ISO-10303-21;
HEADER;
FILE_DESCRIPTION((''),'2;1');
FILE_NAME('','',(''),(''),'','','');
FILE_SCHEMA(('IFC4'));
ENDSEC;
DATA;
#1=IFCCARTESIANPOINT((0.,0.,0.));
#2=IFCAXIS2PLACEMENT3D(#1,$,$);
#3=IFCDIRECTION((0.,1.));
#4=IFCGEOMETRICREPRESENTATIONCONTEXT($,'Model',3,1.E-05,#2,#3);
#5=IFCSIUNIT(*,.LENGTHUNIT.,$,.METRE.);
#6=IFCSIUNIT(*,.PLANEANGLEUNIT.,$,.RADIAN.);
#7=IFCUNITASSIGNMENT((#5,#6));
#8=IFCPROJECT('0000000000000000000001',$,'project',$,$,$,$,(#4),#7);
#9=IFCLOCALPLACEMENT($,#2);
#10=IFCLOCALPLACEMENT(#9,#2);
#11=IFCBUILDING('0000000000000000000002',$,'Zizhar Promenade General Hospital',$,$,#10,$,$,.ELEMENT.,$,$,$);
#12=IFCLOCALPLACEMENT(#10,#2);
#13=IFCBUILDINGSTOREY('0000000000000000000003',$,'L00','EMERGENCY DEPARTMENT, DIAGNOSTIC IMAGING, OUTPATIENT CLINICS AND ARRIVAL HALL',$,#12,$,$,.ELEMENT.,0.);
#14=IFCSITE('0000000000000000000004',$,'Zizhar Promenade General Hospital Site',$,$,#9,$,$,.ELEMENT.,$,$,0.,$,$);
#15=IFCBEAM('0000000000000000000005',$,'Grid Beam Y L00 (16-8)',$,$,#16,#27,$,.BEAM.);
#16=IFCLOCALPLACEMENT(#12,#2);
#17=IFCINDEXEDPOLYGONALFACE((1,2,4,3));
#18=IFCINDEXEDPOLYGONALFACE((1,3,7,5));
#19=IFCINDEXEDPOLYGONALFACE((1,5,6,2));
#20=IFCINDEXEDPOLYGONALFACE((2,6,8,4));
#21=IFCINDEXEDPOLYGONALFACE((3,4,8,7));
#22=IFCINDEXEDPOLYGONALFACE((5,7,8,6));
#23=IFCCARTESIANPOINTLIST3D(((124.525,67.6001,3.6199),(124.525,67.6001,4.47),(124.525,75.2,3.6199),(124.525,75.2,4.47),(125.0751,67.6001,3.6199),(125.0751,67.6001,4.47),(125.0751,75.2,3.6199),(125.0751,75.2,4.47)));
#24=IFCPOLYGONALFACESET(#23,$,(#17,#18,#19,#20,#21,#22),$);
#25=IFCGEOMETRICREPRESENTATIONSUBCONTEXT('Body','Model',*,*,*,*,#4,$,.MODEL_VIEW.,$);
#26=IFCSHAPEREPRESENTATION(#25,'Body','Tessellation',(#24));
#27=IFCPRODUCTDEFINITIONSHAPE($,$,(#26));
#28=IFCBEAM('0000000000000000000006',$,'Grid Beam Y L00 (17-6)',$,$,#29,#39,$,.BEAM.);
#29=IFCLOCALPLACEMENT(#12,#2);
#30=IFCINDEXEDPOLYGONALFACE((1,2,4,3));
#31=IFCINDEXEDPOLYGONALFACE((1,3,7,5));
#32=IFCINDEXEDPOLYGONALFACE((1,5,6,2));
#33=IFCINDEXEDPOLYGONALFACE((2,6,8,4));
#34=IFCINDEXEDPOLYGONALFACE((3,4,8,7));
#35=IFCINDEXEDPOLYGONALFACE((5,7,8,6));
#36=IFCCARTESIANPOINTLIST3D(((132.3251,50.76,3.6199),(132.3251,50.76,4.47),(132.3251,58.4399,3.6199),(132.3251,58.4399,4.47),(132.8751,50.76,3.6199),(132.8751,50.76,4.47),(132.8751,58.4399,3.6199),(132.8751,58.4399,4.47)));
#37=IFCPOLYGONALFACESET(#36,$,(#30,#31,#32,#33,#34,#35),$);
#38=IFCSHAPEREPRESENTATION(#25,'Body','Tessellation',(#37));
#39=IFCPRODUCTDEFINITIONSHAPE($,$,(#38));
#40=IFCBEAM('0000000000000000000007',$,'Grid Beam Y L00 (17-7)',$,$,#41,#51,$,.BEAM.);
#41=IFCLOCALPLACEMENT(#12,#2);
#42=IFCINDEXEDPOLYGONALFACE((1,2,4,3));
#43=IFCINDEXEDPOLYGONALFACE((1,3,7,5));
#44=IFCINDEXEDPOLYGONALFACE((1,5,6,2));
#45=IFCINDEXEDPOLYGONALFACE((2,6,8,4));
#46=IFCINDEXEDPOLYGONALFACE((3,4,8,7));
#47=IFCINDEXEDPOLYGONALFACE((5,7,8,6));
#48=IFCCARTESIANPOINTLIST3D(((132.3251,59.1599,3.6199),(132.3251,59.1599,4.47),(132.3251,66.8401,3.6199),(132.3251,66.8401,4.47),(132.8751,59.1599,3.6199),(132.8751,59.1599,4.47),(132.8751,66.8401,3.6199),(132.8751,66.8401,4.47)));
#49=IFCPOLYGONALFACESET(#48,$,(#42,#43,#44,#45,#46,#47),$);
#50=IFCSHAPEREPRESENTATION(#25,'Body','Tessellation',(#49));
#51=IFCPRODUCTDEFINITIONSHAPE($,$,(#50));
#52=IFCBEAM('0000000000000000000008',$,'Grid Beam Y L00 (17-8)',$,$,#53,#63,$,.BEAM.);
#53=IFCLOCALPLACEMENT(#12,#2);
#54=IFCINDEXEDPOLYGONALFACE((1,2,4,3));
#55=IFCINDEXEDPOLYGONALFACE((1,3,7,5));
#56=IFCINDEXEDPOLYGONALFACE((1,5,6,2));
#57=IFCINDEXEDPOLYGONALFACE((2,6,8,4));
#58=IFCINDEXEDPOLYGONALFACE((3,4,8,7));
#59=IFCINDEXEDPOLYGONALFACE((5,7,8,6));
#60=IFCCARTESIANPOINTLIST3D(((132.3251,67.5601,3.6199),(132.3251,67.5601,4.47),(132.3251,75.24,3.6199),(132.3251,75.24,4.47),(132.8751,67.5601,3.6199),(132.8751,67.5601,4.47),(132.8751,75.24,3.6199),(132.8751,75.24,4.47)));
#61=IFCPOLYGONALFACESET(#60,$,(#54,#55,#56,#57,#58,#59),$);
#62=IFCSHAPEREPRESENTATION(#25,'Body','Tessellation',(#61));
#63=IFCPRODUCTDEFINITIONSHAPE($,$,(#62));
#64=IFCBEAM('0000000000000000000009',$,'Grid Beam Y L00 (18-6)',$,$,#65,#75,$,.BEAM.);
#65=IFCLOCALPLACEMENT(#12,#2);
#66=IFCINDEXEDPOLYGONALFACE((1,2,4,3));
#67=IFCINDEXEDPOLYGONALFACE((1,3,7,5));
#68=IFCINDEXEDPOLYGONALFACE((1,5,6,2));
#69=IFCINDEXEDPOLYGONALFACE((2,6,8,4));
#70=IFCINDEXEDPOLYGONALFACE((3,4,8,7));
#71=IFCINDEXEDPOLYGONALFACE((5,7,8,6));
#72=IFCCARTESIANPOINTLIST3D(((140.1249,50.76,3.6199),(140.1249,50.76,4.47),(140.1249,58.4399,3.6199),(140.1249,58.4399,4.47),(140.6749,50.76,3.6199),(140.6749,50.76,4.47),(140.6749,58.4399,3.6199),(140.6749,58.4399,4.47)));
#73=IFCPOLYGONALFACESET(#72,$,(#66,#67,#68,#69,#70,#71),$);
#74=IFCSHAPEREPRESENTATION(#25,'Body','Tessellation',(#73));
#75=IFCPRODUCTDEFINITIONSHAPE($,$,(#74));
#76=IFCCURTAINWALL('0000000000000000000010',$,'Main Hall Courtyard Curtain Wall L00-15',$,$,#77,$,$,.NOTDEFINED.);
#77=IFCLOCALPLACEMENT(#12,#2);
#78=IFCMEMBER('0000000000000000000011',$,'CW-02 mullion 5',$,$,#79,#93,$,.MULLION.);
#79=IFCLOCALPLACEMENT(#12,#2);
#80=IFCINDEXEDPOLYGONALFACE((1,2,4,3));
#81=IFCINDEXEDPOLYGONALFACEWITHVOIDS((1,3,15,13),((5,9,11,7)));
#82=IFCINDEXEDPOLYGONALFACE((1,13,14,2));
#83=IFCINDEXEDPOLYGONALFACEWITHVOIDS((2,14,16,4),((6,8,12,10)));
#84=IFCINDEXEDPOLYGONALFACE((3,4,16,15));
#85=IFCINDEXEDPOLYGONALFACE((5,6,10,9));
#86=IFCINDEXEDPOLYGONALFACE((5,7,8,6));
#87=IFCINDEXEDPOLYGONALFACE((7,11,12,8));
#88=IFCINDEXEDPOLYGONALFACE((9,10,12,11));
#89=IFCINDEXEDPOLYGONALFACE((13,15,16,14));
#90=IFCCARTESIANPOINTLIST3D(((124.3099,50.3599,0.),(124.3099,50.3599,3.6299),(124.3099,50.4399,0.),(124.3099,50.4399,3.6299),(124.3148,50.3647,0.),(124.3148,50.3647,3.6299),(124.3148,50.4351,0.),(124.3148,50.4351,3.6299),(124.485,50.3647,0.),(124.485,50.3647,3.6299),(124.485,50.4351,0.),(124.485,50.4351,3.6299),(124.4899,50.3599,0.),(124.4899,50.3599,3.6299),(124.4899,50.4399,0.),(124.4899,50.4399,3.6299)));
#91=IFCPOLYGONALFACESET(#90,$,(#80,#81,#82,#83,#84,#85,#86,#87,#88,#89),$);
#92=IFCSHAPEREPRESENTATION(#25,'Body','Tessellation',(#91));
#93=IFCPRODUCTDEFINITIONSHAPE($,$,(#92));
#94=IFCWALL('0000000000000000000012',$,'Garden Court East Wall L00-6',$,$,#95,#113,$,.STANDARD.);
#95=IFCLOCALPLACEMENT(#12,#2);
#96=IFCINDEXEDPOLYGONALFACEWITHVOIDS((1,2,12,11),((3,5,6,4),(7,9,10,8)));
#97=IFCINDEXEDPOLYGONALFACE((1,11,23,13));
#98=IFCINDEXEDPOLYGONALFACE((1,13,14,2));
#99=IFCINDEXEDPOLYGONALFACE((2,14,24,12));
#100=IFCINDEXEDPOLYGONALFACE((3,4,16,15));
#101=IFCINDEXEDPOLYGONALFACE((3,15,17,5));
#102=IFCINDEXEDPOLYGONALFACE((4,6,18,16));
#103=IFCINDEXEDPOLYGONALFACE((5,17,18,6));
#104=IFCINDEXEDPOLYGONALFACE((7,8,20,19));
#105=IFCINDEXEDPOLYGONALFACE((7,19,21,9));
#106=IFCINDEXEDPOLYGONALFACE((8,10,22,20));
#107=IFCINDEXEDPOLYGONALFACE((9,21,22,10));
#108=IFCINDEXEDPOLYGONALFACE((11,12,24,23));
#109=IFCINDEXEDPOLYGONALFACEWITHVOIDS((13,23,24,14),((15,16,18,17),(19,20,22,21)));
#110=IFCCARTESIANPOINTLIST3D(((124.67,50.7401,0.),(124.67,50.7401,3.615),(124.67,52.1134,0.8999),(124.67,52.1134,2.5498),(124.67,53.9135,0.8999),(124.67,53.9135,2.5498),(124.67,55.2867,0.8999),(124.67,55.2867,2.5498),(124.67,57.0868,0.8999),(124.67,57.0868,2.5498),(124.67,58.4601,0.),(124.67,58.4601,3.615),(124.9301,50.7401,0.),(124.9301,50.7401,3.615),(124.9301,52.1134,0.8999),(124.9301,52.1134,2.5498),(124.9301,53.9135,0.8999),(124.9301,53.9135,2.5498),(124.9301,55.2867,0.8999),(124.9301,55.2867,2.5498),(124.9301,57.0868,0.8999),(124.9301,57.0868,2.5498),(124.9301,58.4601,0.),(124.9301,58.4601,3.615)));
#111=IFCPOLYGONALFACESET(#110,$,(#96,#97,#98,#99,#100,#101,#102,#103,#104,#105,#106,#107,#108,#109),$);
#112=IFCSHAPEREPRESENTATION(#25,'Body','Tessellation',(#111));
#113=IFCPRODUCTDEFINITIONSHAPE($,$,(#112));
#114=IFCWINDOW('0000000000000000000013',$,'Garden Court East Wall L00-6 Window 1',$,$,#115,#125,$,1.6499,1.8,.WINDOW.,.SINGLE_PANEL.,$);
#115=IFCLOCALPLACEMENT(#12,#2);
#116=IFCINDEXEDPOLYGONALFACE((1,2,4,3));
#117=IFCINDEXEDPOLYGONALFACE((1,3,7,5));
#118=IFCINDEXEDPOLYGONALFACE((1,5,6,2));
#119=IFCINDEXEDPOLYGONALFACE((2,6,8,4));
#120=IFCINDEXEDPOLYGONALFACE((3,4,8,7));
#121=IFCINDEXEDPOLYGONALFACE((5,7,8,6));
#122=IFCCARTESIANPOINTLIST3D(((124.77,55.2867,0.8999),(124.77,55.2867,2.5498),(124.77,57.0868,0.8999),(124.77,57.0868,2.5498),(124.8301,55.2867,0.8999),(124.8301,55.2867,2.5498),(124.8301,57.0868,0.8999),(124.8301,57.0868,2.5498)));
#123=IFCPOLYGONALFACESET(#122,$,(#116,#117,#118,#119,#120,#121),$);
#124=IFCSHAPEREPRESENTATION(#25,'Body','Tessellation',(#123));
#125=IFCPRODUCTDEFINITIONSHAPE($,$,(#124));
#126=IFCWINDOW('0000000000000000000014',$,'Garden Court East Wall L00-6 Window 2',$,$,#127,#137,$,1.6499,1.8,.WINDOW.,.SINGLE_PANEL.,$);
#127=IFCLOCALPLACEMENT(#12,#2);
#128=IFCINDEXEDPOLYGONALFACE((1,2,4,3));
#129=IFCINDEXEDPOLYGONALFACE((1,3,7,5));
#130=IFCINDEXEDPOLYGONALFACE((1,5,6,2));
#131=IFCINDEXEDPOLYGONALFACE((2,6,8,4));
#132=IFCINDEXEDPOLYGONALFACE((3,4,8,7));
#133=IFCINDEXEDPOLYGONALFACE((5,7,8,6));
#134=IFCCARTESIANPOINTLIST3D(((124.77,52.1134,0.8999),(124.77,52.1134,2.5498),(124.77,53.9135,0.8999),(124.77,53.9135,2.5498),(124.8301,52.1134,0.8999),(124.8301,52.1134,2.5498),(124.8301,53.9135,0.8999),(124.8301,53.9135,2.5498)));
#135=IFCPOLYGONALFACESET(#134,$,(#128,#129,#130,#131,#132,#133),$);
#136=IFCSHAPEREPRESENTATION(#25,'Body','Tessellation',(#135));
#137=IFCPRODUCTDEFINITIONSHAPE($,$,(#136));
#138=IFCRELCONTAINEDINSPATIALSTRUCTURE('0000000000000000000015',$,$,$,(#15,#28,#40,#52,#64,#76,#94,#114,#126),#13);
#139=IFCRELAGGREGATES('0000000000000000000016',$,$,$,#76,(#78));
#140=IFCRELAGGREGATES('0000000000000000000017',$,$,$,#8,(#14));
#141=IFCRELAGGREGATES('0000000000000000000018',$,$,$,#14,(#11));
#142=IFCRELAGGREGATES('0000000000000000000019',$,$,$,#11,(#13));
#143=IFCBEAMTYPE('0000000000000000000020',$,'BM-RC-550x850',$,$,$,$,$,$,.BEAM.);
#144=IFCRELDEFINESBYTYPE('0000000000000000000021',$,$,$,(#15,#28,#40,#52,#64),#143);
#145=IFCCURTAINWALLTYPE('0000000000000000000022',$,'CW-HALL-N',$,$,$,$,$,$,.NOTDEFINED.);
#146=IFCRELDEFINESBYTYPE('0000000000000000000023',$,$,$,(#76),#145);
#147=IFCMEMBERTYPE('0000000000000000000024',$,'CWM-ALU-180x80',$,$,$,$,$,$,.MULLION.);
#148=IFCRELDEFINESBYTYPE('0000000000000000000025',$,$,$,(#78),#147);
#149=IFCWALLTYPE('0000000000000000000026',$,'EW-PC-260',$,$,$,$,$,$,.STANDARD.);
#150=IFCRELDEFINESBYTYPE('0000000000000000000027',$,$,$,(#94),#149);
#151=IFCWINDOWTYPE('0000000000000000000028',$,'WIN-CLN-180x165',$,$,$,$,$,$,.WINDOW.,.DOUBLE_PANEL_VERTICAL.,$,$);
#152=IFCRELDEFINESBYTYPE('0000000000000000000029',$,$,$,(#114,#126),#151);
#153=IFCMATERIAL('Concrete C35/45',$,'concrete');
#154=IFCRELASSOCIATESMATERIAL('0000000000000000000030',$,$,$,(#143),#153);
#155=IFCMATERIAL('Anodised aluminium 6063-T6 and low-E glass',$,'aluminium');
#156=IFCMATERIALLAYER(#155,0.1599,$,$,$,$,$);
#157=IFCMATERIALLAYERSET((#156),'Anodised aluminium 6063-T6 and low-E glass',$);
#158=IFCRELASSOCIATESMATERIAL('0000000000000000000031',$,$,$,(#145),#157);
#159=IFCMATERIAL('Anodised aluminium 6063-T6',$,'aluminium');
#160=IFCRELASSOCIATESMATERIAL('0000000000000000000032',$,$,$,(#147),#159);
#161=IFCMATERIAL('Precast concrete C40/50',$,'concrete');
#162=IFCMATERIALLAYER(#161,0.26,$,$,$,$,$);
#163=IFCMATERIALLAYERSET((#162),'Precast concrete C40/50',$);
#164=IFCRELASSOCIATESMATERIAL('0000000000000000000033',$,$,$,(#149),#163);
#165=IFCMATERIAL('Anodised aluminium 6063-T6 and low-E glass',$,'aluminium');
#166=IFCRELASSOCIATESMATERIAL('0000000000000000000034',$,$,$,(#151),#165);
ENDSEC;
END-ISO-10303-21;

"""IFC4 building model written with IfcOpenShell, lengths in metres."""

from ifc_helpers import new_model, si_unit, direction, frame, frame_2d, origin, origin_2d, place, context, subcontext, project, spatial, rectangle, hollow_rectangle, extrude, material, layer, layer_set, material_profile, profile_set, type_object, element, fill, aggregate, save


model = new_model("IFC4")

# Units and contexts
model_context = context("Model", 3, precision=1e-05, world=origin(), true_north=direction((0.0, 1.0)))
body_context = subcontext(model_context, "Body", "Model", "MODEL_VIEW")
ifc_project = project(units=[si_unit("LENGTHUNIT", "METRE"), si_unit("PLANEANGLEUNIT", "RADIAN")], contexts=[model_context])

# Site, building, storey
site_placement = place(None, origin())
site = spatial("IfcSite", under=ifc_project, at=site_placement, Name="Zizhar Promenade General Hospital Site", CompositionType="ELEMENT", RefElevation=0.0)
building_placement = place(site_placement, origin())
building = spatial("IfcBuilding", under=site, at=building_placement, Name="Zizhar Promenade General Hospital", CompositionType="ELEMENT")
storey_placement = place(building_placement, origin())
storey = spatial("IfcBuildingStorey", under=building, at=storey_placement, Name="L00", Description="EMERGENCY DEPARTMENT, DIAGNOSTIC IMAGING, OUTPATIENT CLINICS AND ARRIVAL HALL", CompositionType="ELEMENT", Elevation=0.0)

# Beams
ifc_material_1 = material(Name="Concrete C35/45", Category="concrete")
ifc_material_profile_1 = material_profile(ifc_material_1, rectangle(XDim=0.55, YDim=0.8501, at=origin_2d()))
ifc_profile_set_1 = profile_set([ifc_material_profile_1], Name="Concrete C35/45")
beam_type_1 = type_object("IfcBeamType", Name="BM-RC-550x850", PredefinedType="BEAM", material=ifc_profile_set_1)
beam_1_placement = place(storey_placement, frame((124.8, 67.6001, 4.0449), z_axis=(0.0, 1.0, 0.0), x_axis=(-1.0, 0.0, 0.0)))
element("IfcBeam", 1, at=beam_1_placement, inside=storey, type_object=beam_type_1, Name="Grid Beam Y L00 (16-8)", PredefinedType="BEAM", context=body_context, shape_type="SweptSolid", body=[
    extrude(rectangle(XDim=0.55, YDim=0.8501, at=origin_2d()), origin(), (0.0, 0.0, 1.0), 7.5999),
])
beam_2_placement = place(storey_placement, frame((132.6001, 50.76, 4.0449), z_axis=(0.0, 1.0, 0.0), x_axis=(-1.0, 0.0, 0.0)))
element("IfcBeam", 2, at=beam_2_placement, inside=storey, type_object=beam_type_1, Name="Grid Beam Y L00 (17-6)", PredefinedType="BEAM", context=body_context, shape_type="SweptSolid", body=[
    extrude(rectangle(XDim=0.55, YDim=0.8501, at=origin_2d()), origin(), (0.0, 0.0, 1.0), 7.6799),
])
beam_3_placement = place(storey_placement, frame((132.6001, 59.1599, 4.0449), z_axis=(0.0, 1.0, 0.0), x_axis=(-1.0, 0.0, 0.0)))
element("IfcBeam", 3, at=beam_3_placement, inside=storey, type_object=beam_type_1, Name="Grid Beam Y L00 (17-7)", PredefinedType="BEAM", context=body_context, shape_type="SweptSolid", body=[
    extrude(rectangle(XDim=0.55, YDim=0.8501, at=origin_2d()), origin(), (0.0, 0.0, 1.0), 7.6802),
])
for number, where, z_axis, x_axis, name in (
    (4, (132.6001, 67.5601, 4.0449), (0.0, 1.0, 0.0), (-1.0, 0.0, 0.0), "Grid Beam Y L00 (17-8)"),
    (5, (140.3999, 50.76, 4.0449), (0.0, 1.0, 0.0), (-1.0, 0.0, 0.0), "Grid Beam Y L00 (18-6)"),
):
    element("IfcBeam", number, at=place(storey_placement, frame(where, z_axis=z_axis, x_axis=x_axis)), inside=storey, type_object=beam_type_1, Name=name, PredefinedType="BEAM", context=body_context, shape_type="SweptSolid", body=[
        extrude(rectangle(XDim=0.55, YDim=0.8501, at=origin_2d()), origin(), (0.0, 0.0, 1.0), 7.6799),
    ])

# Curtain wall, member
ifc_material_2 = material(Name="Anodised aluminium 6063-T6 and low-E glass", Category="aluminium")
ifc_layer_1 = layer(ifc_material_2, 0.1599)
ifc_layer_set_1 = layer_set([ifc_layer_1], Name="Anodised aluminium 6063-T6 and low-E glass")
curtain_wall_type = type_object("IfcCurtainWallType", Name="CW-HALL-N", PredefinedType="NOTDEFINED", material=ifc_layer_set_1)
curtain_wall_placement = place(storey_placement, origin())
curtain_wall = element("IfcCurtainWall", 6, at=curtain_wall_placement, inside=storey, type_object=curtain_wall_type, Name="Main Hall Courtyard Curtain Wall L00-15", PredefinedType="NOTDEFINED")
ifc_material_3 = material(Name="Anodised aluminium 6063-T6", Category="aluminium")
ifc_material_profile_2 = material_profile(ifc_material_3, hollow_rectangle(XDim=0.0801, YDim=0.1799, WallThickness=0.0049, at=origin_2d()))
ifc_profile_set_2 = profile_set([ifc_material_profile_2], Name="Anodised aluminium 6063-T6")
member_type = type_object("IfcMemberType", Name="CWM-ALU-180x80", PredefinedType="MULLION", material=ifc_profile_set_2)
member_placement = place(storey_placement, frame((124.3999, 50.3999, 0.0), z_axis=(0.0, 0.0, 1.0), x_axis=(0.0, 1.0, 0.0)))
member = element("IfcMember", 7, at=member_placement, type_object=member_type, Name="CW-02 mullion 5", PredefinedType="MULLION", context=body_context, shape_type="SweptSolid", body=[
    extrude(hollow_rectangle(XDim=0.0801, YDim=0.1799, WallThickness=0.0049, at=origin_2d()), origin(), (0.0, 0.0, 1.0), 3.6299),
])
aggregate(curtain_wall, [member])

# Wall, openings, windows
ifc_material_4 = material(Name="Precast concrete C40/50", Category="concrete")
ifc_layer_2 = layer(ifc_material_4, 0.26)
ifc_layer_set_2 = layer_set([ifc_layer_2], Name="Precast concrete C40/50")
wall_type = type_object("IfcWallType", Name="EW-PC-260", PredefinedType="STANDARD", material=ifc_layer_set_2)
wall_1_placement = place(storey_placement, frame((124.8, 58.46, 0.0), z_axis=(0.0, 0.0, 1.0), x_axis=(0.0, -1.0, 0.0)))
wall_1 = element("IfcWall", 8, at=wall_1_placement, inside=storey, type_object=wall_type, Name="Garden Court East Wall L00-6", PredefinedType="STANDARD", context=body_context, shape_type="SweptSolid", body=[
    extrude(rectangle(XDim=7.72, YDim=0.26, at=frame_2d((3.8599, 0.0))), origin(), (0.0, 0.0, 1.0), 3.615),
])
opening_1_placement = place(wall_1_placement, frame((1.3733, 0.0, 0.8999)))
opening_1 = element("IfcOpeningElement", 9, at=opening_1_placement, cuts=wall_1, PredefinedType="OPENING", context=body_context, shape_type="SweptSolid", body=[
    extrude(rectangle(XDim=1.8, YDim=1.6499, at=frame_2d((0.8999, 0.825))), frame((0.0, 0.1401, 0.0), z_axis=(0.0, -1.0, 0.0), x_axis=(1.0, 0.0, 0.0)), (0.0, 0.0, 1.0), 0.28),
])
opening_2_placement = place(wall_1_placement, frame((4.5466, 0.0, 0.8999)))
opening_2 = element("IfcOpeningElement", 10, at=opening_2_placement, cuts=wall_1, PredefinedType="OPENING", context=body_context, shape_type="SweptSolid", body=[
    extrude(rectangle(XDim=1.8, YDim=1.6499, at=frame_2d((0.8999, 0.825))), frame((0.0, 0.1401, 0.0), z_axis=(0.0, -1.0, 0.0), x_axis=(1.0, 0.0, 0.0)), (0.0, 0.0, 1.0), 0.28),
])
ifc_material_5 = material(Name="Anodised aluminium 6063-T6 and low-E glass", Category="aluminium")
window_type = type_object("IfcWindowType", Name="WIN-CLN-180x165", PartitioningType="DOUBLE_PANEL_VERTICAL", PredefinedType="WINDOW", material=ifc_material_5)
window_1_placement = place(opening_1_placement, origin())
window_1 = element("IfcWindow", 11, at=window_1_placement, inside=storey, type_object=window_type, Name="Garden Court East Wall L00-6 Window 1", OverallHeight=1.6499, OverallWidth=1.8, PartitioningType="SINGLE_PANEL", PredefinedType="WINDOW", context=body_context, shape_type="SweptSolid", body=[
    extrude(rectangle(XDim=1.8, YDim=1.6499, at=frame_2d((0.8999, 0.825))), frame((0.0, 0.03, 0.0), z_axis=(0.0, -1.0, 0.0), x_axis=(1.0, 0.0, 0.0)), (0.0, 0.0, 1.0), 0.0601),
])
fill(opening_1, window_1)
window_2_placement = place(opening_2_placement, origin())
window_2 = element("IfcWindow", 12, at=window_2_placement, inside=storey, type_object=window_type, Name="Garden Court East Wall L00-6 Window 2", OverallHeight=1.6499, OverallWidth=1.8, PartitioningType="SINGLE_PANEL", PredefinedType="WINDOW", context=body_context, shape_type="SweptSolid", body=[
    extrude(rectangle(XDim=1.8, YDim=1.6499, at=frame_2d((0.8999, 0.825))), frame((0.0, 0.03, 0.0), z_axis=(0.0, -1.0, 0.0), x_axis=(1.0, 0.0, 0.0)), (0.0, 0.0, 1.0), 0.0601),
])
fill(opening_2, window_2)

save(model, "model.ifc")
